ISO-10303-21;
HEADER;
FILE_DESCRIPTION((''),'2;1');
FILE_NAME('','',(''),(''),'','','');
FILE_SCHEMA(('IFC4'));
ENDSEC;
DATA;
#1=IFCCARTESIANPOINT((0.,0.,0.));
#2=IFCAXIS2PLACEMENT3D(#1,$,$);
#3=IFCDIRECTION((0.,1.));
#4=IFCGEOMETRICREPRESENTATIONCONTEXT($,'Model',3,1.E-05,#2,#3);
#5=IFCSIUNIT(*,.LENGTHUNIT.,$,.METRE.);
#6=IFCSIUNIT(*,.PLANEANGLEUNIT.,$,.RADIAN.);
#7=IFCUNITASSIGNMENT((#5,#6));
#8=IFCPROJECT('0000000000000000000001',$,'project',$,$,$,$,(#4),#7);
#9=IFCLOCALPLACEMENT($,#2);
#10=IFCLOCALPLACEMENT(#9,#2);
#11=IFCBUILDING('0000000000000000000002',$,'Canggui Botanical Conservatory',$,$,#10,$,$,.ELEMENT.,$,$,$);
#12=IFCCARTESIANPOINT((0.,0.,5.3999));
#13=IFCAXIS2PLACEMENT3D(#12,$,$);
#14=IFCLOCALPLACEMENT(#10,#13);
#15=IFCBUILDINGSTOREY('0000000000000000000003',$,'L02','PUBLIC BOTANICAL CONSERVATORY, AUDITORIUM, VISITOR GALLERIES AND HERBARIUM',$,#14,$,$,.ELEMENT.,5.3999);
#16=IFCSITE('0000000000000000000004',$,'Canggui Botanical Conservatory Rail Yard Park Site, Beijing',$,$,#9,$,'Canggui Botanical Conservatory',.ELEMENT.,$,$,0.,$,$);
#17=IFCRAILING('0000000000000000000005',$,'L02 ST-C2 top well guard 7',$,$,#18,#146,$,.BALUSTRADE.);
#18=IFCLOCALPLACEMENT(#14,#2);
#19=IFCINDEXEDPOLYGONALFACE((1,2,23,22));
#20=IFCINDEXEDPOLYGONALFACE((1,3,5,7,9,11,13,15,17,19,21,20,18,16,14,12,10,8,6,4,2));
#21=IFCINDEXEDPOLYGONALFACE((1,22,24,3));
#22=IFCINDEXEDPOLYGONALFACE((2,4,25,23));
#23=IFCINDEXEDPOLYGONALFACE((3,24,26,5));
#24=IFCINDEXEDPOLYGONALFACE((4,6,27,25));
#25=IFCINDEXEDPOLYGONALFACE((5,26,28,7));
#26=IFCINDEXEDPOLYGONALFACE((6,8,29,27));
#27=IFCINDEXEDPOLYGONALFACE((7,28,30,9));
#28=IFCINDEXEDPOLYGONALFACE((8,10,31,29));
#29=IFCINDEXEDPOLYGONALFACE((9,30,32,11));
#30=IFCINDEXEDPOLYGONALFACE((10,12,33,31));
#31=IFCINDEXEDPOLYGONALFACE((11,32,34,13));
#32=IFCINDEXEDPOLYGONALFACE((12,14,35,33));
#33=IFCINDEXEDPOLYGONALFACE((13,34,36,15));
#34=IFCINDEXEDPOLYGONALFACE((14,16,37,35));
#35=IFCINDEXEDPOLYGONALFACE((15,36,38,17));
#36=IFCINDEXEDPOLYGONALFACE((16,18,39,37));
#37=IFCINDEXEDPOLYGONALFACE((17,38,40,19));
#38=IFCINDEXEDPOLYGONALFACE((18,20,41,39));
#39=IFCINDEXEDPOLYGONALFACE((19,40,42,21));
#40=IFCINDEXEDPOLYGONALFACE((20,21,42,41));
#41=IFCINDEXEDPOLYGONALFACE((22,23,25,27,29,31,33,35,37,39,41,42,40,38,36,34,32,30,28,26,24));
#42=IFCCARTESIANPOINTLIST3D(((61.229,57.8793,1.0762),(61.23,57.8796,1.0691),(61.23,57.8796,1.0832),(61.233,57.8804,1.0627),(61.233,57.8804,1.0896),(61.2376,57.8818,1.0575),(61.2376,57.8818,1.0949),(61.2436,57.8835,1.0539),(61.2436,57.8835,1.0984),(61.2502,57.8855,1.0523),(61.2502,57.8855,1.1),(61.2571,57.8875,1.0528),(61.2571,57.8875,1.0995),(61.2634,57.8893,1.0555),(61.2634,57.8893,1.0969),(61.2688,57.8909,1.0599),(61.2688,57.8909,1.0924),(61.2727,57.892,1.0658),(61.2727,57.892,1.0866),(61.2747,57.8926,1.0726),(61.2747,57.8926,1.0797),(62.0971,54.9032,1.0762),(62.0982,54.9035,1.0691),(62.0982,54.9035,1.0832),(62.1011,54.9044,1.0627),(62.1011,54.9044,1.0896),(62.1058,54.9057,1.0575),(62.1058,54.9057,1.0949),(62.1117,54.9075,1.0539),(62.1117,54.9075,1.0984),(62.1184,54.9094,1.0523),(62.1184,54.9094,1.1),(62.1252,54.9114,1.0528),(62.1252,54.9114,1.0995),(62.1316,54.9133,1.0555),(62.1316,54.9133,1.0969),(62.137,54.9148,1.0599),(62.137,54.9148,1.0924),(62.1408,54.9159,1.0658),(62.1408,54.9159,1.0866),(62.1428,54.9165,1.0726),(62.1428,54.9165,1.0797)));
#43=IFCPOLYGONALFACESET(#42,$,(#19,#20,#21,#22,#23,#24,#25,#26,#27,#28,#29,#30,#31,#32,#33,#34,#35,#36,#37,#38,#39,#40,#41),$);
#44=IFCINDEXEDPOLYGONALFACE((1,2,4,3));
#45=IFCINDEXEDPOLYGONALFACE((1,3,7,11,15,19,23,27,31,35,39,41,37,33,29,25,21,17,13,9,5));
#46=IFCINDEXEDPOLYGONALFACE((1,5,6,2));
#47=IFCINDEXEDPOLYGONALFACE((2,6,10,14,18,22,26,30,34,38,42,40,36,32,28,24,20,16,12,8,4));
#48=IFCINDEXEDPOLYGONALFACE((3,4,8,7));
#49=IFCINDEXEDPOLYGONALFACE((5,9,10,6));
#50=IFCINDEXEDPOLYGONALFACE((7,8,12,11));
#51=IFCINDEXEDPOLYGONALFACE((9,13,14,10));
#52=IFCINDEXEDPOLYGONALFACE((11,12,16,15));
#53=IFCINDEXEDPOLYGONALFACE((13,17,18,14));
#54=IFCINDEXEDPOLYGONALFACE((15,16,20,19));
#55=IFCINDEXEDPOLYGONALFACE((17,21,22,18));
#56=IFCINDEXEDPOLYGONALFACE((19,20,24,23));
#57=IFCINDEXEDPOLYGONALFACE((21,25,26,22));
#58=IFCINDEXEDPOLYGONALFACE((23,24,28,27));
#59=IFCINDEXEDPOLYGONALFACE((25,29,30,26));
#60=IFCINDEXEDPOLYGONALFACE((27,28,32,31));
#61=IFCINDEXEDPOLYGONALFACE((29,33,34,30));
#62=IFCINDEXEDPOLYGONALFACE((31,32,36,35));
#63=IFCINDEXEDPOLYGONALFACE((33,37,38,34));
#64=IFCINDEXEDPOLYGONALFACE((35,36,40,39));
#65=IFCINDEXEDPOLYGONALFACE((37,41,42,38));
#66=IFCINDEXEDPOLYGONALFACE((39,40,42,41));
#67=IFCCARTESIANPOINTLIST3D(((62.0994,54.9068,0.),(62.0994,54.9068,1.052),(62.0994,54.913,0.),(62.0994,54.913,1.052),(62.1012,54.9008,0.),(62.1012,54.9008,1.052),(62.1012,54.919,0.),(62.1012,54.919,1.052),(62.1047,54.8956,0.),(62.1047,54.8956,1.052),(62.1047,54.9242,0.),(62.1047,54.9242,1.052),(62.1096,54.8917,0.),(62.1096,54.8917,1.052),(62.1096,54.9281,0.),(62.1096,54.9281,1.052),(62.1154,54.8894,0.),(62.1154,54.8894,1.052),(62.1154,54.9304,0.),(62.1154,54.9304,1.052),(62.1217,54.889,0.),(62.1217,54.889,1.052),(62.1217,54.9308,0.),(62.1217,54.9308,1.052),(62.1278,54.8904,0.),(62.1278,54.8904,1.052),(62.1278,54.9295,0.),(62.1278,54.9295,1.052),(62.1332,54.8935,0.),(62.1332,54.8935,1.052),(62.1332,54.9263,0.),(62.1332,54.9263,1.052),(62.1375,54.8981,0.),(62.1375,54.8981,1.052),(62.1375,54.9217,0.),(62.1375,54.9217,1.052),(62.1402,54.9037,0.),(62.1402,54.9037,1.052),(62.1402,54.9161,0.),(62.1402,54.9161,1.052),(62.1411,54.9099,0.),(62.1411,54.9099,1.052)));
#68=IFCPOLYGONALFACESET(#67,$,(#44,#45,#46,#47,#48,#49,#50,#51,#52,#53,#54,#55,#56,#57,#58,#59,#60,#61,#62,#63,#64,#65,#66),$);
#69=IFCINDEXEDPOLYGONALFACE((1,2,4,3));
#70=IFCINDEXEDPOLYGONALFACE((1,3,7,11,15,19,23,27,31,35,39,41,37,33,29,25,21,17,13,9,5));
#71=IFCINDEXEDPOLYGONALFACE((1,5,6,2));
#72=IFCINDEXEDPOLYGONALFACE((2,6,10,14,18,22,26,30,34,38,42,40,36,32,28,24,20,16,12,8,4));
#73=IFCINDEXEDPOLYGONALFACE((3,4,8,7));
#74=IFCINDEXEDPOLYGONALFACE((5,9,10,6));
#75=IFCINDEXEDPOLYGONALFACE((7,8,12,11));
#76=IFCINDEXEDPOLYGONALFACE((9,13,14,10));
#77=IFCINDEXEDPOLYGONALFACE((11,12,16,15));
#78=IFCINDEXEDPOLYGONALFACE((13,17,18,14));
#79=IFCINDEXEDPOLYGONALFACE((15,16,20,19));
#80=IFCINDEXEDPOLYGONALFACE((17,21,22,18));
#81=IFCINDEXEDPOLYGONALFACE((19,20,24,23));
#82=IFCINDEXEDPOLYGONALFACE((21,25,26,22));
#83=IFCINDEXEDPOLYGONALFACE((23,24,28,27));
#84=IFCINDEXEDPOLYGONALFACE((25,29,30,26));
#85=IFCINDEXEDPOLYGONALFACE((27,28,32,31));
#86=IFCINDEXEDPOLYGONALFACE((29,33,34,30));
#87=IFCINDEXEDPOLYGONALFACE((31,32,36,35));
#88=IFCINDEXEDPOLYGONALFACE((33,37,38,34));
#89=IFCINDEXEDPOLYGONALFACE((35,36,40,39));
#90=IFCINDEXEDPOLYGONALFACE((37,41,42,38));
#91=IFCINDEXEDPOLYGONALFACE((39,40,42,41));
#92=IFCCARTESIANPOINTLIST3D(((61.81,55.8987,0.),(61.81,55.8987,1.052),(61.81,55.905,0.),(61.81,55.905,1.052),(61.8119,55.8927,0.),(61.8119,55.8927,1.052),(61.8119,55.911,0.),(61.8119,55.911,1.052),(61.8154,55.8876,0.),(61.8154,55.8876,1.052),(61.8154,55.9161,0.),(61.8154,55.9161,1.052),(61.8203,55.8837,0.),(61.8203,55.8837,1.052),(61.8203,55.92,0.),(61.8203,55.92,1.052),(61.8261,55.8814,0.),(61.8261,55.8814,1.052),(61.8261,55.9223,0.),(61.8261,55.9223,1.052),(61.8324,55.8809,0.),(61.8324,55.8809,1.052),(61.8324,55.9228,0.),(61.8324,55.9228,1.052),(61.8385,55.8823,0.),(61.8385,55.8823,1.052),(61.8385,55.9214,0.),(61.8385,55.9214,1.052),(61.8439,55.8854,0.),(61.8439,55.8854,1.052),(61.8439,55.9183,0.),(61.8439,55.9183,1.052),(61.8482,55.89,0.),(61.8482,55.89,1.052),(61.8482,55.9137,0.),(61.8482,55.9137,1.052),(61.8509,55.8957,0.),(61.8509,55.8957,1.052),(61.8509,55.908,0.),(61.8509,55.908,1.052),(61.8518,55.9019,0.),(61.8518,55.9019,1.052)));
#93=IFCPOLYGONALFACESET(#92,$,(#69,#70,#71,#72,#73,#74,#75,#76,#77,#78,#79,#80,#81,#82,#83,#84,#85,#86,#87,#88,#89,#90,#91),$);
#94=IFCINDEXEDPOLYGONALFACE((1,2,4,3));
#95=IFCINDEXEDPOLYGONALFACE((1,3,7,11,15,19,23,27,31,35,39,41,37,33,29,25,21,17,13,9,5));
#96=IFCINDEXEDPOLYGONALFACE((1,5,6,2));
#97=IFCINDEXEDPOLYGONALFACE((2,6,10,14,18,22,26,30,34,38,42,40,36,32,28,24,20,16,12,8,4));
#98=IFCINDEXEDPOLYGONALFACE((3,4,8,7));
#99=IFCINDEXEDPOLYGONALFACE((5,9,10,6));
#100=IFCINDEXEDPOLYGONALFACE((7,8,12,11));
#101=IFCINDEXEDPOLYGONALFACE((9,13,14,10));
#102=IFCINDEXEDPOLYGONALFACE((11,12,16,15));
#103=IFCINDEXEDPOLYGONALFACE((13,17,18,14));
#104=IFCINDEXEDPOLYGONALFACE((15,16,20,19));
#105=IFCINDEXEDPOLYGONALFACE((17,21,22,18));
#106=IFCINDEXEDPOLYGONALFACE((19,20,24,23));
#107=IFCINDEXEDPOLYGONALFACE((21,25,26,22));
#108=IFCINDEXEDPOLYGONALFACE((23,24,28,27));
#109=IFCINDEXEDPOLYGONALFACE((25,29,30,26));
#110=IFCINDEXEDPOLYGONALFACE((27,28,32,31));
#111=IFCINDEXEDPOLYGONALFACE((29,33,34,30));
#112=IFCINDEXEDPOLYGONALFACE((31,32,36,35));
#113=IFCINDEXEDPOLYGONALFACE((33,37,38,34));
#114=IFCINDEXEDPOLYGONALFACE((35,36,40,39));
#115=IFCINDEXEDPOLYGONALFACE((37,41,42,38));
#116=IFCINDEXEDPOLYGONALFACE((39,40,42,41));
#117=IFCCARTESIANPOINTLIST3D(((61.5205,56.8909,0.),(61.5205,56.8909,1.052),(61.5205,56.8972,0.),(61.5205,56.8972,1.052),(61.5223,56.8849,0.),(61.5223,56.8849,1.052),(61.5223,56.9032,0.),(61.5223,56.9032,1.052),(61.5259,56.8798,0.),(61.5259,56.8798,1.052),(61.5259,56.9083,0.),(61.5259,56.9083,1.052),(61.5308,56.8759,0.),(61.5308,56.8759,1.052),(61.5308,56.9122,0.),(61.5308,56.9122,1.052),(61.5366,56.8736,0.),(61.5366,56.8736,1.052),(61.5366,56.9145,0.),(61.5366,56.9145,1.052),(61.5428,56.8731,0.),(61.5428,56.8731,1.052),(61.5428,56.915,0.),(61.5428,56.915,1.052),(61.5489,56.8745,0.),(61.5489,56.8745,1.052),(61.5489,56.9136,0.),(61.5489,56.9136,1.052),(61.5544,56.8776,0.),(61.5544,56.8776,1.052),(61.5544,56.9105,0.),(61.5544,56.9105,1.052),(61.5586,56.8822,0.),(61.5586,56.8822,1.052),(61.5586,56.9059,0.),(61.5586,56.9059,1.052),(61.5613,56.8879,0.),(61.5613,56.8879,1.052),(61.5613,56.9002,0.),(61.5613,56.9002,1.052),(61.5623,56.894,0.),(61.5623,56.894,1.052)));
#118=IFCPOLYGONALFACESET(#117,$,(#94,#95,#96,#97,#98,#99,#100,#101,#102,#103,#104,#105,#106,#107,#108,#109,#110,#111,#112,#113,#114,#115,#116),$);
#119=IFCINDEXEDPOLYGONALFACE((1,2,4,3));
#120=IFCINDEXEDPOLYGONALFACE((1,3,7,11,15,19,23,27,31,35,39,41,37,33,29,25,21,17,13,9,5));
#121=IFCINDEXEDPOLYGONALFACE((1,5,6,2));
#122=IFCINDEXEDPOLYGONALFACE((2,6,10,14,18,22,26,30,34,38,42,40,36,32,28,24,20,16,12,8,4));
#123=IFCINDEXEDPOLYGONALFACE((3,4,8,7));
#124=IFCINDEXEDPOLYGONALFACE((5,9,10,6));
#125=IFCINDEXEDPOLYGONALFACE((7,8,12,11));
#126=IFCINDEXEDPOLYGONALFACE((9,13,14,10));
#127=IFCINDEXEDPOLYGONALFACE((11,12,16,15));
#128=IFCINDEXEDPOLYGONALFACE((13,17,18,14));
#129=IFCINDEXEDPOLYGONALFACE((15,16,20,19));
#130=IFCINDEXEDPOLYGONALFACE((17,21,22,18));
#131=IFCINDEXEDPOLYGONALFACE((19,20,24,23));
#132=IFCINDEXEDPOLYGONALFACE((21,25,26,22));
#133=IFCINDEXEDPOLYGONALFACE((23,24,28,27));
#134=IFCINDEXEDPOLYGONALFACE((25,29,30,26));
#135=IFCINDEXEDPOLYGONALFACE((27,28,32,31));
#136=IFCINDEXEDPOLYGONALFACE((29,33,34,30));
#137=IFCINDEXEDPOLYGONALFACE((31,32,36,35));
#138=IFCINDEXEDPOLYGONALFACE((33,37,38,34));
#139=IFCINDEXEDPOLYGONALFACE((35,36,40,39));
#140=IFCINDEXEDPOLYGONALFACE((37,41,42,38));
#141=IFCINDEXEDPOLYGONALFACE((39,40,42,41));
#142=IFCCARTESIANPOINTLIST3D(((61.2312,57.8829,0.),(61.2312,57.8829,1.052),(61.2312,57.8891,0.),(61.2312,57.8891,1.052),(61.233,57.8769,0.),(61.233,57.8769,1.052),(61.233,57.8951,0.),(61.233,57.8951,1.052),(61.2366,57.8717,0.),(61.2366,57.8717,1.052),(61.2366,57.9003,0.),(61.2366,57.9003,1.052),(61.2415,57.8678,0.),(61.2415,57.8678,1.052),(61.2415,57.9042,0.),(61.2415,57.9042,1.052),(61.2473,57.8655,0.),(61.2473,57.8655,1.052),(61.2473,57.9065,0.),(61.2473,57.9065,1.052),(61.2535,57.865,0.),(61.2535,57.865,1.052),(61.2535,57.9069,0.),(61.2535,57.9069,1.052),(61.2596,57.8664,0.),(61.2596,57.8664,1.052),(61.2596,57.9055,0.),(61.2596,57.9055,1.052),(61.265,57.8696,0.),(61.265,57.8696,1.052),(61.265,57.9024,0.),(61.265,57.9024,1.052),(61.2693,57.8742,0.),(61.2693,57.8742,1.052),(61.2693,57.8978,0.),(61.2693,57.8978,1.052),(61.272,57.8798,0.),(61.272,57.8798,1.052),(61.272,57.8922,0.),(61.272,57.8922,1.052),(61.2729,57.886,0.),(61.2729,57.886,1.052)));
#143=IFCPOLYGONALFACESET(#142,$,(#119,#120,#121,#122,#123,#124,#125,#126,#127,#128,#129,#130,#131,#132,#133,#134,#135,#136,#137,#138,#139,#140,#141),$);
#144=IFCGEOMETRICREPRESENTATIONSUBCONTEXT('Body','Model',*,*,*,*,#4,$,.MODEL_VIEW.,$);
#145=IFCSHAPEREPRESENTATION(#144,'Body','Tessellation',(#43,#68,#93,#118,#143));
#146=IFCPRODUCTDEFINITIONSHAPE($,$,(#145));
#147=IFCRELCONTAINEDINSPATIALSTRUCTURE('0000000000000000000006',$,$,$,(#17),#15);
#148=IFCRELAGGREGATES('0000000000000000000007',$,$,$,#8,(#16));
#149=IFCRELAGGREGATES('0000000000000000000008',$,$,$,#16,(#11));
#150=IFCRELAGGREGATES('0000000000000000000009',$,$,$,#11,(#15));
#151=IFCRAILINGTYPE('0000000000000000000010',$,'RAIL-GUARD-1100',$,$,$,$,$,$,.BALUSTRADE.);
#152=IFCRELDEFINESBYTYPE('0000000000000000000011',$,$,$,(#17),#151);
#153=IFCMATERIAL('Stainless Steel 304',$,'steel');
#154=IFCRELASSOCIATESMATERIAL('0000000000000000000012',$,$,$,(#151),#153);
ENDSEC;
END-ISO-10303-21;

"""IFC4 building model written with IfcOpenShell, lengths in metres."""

from ifc_helpers import new_model, si_unit, direction, frame, origin, origin_2d, place, context, subcontext, project, spatial, circle, extrude, material, type_object, element, save


model = new_model("IFC4")

# Units and contexts
model_context = context("Model", 3, precision=1e-05, world=origin(), true_north=direction((0.0, 1.0)))
body_context = subcontext(model_context, "Body", "Model", "MODEL_VIEW")
ifc_project = project(units=[si_unit("LENGTHUNIT", "METRE"), si_unit("PLANEANGLEUNIT", "RADIAN")], contexts=[model_context])

# Site, building, storey
site_placement = place(None, origin())
site = spatial("IfcSite", under=ifc_project, at=site_placement, Name="Canggui Botanical Conservatory Rail Yard Park Site, Beijing", LongName="Canggui Botanical Conservatory", CompositionType="ELEMENT", RefElevation=0.0)
building_placement = place(site_placement, origin())
building = spatial("IfcBuilding", under=site, at=building_placement, Name="Canggui Botanical Conservatory", CompositionType="ELEMENT")
storey_placement = place(building_placement, frame((0.0, 0.0, 5.3999)))
storey = spatial("IfcBuildingStorey", under=building, at=storey_placement, Name="L02", Description="PUBLIC BOTANICAL CONSERVATORY, AUDITORIUM, VISITOR GALLERIES AND HERBARIUM", CompositionType="ELEMENT", Elevation=5.3999)

# Railing
ifc_material_1 = material(Name="Stainless Steel 304", Category="steel")
railing_type = type_object("IfcRailingType", Name="RAIL-GUARD-1100", PredefinedType="BALUSTRADE", material=ifc_material_1)
railing_1_placement = place(storey_placement, frame((62.1201, 54.9099, 0.0)))
element("IfcRailing", 1, at=railing_1_placement, inside=storey, type_object=railing_type, Name="L02 ST-C2 top well guard 7", PredefinedType="BALUSTRADE", context=body_context, shape_type="SweptSolid", body=[
    extrude(circle(Radius=0.0239, at=origin_2d()), frame((0.0, 0.0, 1.0762), z_axis=(-0.280042, 0.959988, 0.0), x_axis=(-0.959988, -0.280042, 0.0)), (0.0, 0.0, 1.0), 3.1001),
    extrude(circle(Radius=0.021, at=origin_2d()), origin(), (0.0, 0.0, 1.0), 1.052),
    extrude(circle(Radius=0.021, at=origin_2d()), frame((-0.2893, 0.9919, 0.0)), (0.0, 0.0, 1.0), 1.052),
    extrude(circle(Radius=0.021, at=origin_2d()), frame((-0.5789, 1.9841, 0.0)), (0.0, 0.0, 1.0), 1.052),
    extrude(circle(Radius=0.021, at=origin_2d()), frame((-0.8682, 2.9761, 0.0)), (0.0, 0.0, 1.0), 1.052),
])

save(model, "model.ifc")
